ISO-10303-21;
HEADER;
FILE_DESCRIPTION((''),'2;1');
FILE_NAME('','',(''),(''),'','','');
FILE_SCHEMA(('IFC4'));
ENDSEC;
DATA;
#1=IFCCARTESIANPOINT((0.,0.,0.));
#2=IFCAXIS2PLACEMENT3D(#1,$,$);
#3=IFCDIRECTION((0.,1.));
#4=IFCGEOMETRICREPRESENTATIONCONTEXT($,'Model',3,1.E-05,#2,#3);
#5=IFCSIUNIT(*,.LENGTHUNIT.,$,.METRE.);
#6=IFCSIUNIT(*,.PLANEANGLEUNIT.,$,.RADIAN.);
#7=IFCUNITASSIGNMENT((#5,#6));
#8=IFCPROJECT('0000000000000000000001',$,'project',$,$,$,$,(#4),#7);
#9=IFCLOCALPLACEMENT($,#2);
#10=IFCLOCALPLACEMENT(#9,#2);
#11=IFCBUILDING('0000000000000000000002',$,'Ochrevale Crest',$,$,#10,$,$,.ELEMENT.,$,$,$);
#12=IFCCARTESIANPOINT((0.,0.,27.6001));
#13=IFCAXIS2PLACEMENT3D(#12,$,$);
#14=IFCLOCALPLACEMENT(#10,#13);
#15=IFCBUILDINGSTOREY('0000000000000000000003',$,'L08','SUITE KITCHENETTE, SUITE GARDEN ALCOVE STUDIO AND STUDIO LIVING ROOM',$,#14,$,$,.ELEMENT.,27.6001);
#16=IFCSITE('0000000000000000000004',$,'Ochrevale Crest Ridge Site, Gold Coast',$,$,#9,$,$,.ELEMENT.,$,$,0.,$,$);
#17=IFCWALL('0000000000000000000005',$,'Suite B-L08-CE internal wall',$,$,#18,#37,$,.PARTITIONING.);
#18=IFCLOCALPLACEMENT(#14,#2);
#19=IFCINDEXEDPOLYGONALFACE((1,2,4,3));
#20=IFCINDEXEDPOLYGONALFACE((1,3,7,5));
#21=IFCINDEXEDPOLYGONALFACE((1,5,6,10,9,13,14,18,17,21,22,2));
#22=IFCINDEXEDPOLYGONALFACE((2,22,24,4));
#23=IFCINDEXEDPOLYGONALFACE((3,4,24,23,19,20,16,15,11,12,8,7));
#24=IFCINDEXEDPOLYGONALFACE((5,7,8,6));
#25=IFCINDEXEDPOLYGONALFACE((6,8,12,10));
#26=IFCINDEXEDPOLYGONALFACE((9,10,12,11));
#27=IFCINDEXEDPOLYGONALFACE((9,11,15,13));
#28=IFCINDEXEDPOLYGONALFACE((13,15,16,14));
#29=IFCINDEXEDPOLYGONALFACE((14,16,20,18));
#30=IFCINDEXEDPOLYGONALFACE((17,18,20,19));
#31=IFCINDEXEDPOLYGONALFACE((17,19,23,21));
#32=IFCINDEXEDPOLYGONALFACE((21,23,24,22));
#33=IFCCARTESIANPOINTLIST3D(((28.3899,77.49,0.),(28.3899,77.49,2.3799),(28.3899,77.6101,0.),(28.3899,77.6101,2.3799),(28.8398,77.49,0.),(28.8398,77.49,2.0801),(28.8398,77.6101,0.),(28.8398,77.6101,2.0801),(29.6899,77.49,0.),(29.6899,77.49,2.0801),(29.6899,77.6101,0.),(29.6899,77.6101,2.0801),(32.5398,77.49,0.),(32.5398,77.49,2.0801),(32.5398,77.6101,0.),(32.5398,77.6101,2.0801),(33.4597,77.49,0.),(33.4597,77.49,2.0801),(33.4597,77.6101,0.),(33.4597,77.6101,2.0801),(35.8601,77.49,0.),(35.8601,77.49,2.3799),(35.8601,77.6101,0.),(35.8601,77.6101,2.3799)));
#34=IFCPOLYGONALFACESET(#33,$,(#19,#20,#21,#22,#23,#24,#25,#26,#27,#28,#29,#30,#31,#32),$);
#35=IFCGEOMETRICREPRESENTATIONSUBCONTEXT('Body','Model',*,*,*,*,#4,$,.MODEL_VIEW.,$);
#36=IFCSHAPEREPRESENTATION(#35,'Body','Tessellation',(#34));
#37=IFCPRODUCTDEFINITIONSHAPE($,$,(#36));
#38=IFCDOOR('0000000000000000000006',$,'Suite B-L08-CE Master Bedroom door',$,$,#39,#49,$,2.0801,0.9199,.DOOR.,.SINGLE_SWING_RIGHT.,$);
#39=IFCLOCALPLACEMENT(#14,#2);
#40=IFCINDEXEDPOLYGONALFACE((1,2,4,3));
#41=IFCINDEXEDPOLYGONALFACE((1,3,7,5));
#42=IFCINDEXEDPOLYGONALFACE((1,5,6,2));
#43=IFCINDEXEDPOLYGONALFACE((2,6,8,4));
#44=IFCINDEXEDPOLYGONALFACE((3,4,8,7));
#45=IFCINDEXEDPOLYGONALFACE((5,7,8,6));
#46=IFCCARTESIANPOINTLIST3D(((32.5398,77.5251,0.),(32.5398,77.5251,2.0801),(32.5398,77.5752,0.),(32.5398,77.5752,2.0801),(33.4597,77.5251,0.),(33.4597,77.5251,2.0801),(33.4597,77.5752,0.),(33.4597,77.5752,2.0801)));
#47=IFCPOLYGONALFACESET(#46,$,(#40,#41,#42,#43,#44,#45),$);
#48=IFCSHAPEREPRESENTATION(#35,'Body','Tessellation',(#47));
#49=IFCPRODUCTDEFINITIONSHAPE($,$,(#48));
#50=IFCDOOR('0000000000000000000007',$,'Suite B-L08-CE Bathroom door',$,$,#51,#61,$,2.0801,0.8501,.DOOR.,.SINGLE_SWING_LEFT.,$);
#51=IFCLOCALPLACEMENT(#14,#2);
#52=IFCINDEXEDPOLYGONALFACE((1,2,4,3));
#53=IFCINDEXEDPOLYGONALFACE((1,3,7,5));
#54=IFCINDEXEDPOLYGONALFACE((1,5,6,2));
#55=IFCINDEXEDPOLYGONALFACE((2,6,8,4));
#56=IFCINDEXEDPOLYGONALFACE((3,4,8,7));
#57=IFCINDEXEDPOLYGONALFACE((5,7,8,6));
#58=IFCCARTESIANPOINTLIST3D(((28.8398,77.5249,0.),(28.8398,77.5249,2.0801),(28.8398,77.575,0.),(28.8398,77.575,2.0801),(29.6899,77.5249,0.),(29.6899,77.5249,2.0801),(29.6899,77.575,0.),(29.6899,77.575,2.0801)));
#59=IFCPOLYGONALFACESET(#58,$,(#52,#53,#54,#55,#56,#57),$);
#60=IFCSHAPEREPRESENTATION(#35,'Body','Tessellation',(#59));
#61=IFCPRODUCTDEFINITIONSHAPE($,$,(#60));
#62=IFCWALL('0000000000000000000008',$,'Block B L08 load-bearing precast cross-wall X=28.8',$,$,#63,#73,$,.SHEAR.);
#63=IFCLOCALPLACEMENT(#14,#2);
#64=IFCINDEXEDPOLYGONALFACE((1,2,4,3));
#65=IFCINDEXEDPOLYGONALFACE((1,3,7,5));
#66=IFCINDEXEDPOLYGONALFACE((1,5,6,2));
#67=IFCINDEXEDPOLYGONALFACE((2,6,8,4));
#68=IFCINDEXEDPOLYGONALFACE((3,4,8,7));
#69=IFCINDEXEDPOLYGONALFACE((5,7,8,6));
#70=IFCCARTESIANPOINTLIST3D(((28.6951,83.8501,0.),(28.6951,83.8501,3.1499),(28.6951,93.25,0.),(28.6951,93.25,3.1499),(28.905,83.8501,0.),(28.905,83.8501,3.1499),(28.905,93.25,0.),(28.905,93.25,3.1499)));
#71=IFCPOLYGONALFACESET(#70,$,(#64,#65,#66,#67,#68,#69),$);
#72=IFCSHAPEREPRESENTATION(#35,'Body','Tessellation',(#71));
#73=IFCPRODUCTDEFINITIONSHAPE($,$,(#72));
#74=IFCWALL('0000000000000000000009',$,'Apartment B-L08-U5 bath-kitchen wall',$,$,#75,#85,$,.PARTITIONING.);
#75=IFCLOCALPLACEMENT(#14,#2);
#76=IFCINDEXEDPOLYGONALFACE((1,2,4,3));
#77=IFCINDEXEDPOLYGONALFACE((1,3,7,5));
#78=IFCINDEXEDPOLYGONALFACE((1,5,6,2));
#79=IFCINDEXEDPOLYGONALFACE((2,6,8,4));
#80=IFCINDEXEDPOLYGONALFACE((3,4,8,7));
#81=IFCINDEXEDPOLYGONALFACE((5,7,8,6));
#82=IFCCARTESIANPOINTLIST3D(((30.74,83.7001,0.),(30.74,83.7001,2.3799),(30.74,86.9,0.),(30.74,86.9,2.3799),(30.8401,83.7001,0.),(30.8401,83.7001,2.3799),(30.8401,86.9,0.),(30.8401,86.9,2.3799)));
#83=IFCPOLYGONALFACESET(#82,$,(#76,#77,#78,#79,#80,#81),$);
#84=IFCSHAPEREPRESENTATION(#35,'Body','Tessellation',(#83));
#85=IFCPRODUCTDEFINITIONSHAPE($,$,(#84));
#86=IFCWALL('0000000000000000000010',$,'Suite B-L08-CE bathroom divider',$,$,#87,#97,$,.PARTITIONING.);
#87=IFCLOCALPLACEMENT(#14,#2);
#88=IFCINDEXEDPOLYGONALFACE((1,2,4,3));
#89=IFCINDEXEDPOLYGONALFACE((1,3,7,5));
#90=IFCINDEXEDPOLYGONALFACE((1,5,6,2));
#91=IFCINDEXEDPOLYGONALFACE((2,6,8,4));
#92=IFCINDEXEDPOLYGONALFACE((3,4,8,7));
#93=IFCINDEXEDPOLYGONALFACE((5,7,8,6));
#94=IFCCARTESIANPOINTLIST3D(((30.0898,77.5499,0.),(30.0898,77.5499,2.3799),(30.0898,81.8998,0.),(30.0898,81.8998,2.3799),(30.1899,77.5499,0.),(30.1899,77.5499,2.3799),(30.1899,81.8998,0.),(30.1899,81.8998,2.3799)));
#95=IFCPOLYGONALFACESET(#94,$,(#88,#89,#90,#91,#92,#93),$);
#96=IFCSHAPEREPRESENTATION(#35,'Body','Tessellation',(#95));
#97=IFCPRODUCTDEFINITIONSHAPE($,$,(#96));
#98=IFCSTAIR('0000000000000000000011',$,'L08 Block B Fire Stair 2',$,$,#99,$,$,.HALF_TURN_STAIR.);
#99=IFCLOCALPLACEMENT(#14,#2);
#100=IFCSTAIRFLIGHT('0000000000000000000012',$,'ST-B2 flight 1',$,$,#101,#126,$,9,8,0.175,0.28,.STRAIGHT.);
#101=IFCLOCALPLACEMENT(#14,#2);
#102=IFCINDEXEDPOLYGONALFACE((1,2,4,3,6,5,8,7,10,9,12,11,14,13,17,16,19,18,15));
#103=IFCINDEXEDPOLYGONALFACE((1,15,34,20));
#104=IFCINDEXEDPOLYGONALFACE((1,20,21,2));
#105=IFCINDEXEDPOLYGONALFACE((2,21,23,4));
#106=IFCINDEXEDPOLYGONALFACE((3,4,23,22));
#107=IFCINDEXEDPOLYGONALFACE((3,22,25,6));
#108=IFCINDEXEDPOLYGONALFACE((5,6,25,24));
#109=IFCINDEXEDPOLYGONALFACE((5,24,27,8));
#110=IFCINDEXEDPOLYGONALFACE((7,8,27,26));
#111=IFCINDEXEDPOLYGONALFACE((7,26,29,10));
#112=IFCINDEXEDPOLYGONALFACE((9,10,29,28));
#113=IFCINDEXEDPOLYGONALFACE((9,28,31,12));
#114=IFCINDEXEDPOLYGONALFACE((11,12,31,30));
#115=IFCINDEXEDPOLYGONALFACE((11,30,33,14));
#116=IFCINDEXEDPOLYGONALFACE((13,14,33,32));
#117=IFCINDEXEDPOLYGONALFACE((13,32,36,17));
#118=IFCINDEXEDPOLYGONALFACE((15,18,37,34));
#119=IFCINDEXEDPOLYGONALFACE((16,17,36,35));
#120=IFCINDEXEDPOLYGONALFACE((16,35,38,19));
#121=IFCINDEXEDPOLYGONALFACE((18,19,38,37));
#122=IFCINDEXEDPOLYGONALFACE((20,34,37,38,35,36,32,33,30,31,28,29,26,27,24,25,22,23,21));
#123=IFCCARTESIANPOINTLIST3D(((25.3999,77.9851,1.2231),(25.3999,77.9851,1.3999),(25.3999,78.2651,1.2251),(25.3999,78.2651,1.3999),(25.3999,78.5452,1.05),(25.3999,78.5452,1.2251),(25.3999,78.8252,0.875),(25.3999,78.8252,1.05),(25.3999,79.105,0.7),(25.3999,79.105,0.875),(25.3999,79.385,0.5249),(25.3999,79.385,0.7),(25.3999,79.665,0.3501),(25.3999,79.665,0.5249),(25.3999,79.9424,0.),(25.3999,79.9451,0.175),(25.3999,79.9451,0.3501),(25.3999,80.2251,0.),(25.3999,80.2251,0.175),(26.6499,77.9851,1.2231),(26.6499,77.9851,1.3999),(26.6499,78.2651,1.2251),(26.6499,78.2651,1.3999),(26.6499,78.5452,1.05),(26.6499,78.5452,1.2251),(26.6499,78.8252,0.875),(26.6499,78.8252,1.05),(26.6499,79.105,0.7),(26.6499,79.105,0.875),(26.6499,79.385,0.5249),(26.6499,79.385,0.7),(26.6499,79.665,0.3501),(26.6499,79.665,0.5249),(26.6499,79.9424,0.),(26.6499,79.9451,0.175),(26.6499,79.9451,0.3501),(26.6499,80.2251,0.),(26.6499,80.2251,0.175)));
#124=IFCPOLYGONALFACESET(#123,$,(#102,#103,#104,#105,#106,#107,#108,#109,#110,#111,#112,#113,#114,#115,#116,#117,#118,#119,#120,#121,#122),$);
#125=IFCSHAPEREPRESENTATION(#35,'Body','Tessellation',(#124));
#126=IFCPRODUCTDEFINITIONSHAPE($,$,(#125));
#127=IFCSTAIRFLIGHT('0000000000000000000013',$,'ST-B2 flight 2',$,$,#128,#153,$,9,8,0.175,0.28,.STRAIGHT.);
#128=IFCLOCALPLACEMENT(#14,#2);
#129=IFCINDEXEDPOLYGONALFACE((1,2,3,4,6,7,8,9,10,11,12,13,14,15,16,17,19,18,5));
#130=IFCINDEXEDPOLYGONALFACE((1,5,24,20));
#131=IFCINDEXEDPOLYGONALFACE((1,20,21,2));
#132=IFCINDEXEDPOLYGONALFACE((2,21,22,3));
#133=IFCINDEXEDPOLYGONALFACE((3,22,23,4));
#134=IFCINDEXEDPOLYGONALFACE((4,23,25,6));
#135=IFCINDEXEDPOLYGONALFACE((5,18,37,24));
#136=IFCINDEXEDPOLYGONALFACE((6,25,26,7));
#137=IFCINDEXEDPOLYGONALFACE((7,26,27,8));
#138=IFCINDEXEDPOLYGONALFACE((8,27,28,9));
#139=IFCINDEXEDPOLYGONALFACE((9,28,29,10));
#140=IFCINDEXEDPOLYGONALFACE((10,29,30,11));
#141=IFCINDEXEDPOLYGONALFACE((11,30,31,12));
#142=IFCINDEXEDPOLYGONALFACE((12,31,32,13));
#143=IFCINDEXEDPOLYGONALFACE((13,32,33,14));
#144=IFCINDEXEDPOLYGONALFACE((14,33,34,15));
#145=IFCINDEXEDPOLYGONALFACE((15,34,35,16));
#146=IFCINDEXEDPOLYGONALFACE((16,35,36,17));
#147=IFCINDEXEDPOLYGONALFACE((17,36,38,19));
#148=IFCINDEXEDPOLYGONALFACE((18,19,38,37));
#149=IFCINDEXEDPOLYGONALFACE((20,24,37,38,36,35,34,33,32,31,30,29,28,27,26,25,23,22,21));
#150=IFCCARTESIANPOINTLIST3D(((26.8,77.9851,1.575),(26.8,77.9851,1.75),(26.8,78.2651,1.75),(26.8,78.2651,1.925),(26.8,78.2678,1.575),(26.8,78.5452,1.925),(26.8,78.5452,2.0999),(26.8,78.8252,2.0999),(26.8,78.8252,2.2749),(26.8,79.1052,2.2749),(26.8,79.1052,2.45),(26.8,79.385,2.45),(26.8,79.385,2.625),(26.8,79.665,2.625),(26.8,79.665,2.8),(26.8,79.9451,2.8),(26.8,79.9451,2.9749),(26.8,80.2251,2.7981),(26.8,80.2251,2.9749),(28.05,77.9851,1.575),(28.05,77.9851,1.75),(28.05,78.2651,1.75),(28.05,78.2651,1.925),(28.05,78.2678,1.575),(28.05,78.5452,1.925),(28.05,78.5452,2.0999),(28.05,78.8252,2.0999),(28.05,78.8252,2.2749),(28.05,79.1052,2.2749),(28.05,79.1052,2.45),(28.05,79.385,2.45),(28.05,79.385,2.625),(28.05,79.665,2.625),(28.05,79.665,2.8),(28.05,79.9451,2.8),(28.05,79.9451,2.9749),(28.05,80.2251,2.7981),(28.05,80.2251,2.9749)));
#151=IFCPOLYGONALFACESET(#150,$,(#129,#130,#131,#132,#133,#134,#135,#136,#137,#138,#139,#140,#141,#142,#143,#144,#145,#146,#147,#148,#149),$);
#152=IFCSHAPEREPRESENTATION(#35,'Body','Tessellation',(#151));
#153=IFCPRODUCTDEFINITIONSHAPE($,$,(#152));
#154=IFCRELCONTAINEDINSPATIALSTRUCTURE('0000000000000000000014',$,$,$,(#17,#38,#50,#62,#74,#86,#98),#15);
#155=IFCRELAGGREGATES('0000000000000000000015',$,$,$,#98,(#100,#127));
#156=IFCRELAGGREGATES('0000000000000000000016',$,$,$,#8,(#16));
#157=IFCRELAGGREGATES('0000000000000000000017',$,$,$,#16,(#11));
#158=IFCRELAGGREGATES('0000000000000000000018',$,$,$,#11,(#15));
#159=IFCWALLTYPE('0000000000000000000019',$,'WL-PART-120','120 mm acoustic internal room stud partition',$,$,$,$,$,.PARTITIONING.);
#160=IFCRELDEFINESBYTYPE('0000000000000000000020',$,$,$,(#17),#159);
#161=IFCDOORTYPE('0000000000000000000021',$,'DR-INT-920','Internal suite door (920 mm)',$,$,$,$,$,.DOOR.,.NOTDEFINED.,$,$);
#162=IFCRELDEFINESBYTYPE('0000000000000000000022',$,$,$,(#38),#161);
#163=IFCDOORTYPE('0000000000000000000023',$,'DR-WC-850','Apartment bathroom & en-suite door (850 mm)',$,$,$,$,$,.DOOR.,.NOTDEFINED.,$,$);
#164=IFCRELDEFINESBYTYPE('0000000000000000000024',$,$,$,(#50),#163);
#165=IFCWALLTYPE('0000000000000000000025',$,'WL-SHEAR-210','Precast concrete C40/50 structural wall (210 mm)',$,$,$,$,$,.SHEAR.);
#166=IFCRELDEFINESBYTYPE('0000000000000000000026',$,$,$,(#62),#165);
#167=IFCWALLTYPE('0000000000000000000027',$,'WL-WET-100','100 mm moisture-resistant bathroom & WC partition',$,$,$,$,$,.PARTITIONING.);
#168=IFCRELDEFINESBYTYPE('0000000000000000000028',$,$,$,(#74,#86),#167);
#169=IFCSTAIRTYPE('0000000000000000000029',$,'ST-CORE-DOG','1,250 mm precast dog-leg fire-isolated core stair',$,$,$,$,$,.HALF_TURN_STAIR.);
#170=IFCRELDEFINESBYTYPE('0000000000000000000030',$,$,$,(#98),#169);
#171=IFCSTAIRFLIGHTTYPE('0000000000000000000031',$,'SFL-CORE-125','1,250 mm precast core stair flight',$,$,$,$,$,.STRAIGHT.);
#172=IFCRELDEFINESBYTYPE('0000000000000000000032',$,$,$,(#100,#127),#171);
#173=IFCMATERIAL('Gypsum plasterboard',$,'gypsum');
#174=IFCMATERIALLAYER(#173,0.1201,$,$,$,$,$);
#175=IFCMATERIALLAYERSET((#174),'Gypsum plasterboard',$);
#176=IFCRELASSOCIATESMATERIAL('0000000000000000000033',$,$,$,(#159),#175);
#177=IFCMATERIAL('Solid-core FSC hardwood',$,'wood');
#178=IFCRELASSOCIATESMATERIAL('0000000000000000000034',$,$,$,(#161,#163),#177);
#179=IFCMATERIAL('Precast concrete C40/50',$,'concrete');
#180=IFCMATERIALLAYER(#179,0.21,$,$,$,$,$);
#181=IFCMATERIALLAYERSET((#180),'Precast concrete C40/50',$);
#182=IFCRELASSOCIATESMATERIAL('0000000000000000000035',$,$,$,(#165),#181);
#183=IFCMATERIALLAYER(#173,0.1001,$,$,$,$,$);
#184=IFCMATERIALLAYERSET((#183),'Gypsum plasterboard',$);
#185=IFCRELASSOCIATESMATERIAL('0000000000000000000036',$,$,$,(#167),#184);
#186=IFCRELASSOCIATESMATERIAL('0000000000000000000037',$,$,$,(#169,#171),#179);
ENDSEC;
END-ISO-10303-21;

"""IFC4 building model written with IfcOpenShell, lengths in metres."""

from ifc_helpers import new_model, si_unit, direction, frame, frame_2d, origin, place, context, subcontext, project, spatial, polyline, rectangle, outline, extrude, material, layer, layer_set, type_object, element, fill, aggregate, save


model = new_model("IFC4")

# Units and contexts
model_context = context("Model", 3, precision=1e-05, world=origin(), true_north=direction((0.0, 1.0)))
body_context = subcontext(model_context, "Body", "Model", "MODEL_VIEW")
ifc_project = project(units=[si_unit("LENGTHUNIT", "METRE"), si_unit("PLANEANGLEUNIT", "RADIAN")], contexts=[model_context])

# Site, building, storey
site_placement = place(None, origin())
site = spatial("IfcSite", under=ifc_project, at=site_placement, Name="Ochrevale Crest Ridge Site, Gold Coast", CompositionType="ELEMENT", RefElevation=0.0)
building_placement = place(site_placement, origin())
building = spatial("IfcBuilding", under=site, at=building_placement, Name="Ochrevale Crest", CompositionType="ELEMENT")
storey_placement = place(building_placement, frame((0.0, 0.0, 27.6001)))
storey = spatial("IfcBuildingStorey", under=building, at=storey_placement, Name="L08", Description="SUITE KITCHENETTE, SUITE GARDEN ALCOVE STUDIO AND STUDIO LIVING ROOM", CompositionType="ELEMENT", Elevation=27.6001)

# Shared definitions
ifc_material_1 = material(Name="Gypsum plasterboard", Category="gypsum")
ifc_material_2 = material(Name="Solid-core FSC hardwood", Category="wood")

# Shared definitions
ifc_layer_1 = layer(ifc_material_1, 0.1201)
ifc_layer_set_1 = layer_set([ifc_layer_1], Name="Gypsum plasterboard")
wall_type_1 = type_object("IfcWallType", Name="WL-PART-120", Description="120 mm acoustic internal room stud partition", PredefinedType="PARTITIONING", material=ifc_layer_set_1)

# Wall, openings, doors
wall_1_placement = place(storey_placement, frame((28.3899, 77.55, 0.0), z_axis=(0.0, 0.0, 1.0), x_axis=(1.0, 0.0, 0.0)))
wall_1 = element("IfcWall", 1, at=wall_1_placement, inside=storey, type_object=wall_type_1, Name="Suite B-L08-CE internal wall", PredefinedType="PARTITIONING", context=body_context, shape_type="SweptSolid", body=[
    extrude(rectangle(XDim=7.4702, YDim=0.1201, at=frame_2d((3.7351, 0.0))), origin(), (0.0, 0.0, 1.0), 2.3799),
])
opening_1_placement = place(wall_1_placement, frame((0.45, 0.0, 0.0)))
opening_1 = element("IfcOpeningElement", 2, at=opening_1_placement, cuts=wall_1, PredefinedType="OPENING", context=body_context, shape_type="SweptSolid", body=[
    extrude(rectangle(XDim=0.8501, YDim=2.0801, at=frame_2d((0.425, 1.04))), frame((0.0, 0.0701, 0.0), z_axis=(0.0, -1.0, 0.0), x_axis=(1.0, 0.0, 0.0)), (0.0, 0.0, 1.0), 0.1401),
])
opening_2_placement = place(wall_1_placement, frame((5.0698, 0.0, 0.0), z_axis=(0.0, 0.0, 1.0), x_axis=(-1.0, 0.0, 0.0)))
opening_2 = element("IfcOpeningElement", 3, at=opening_2_placement, cuts=wall_1, PredefinedType="OPENING", context=body_context, shape_type="SweptSolid", body=[
    extrude(rectangle(XDim=0.9199, YDim=2.0801, at=frame_2d((0.46, 1.04))), frame((0.0, 0.0701, 0.0), z_axis=(0.0, -1.0, 0.0), x_axis=(1.0, 0.0, 0.0)), (0.0, 0.0, 1.0), 0.1401),
])
door_type_1 = type_object("IfcDoorType", Name="DR-INT-920", Description="Internal suite door (920 mm)", OperationType="NOTDEFINED", PredefinedType="DOOR", material=ifc_material_2)
door_1_placement = place(opening_2_placement, origin())
door_1 = element("IfcDoor", 4, at=door_1_placement, inside=storey, type_object=door_type_1, Name="Suite B-L08-CE Master Bedroom door", OperationType="SINGLE_SWING_RIGHT", OverallHeight=2.0801, OverallWidth=0.9199, PredefinedType="DOOR", context=body_context, shape_type="SweptSolid", body=[
    extrude(rectangle(XDim=0.9199, YDim=2.0801, at=frame_2d((0.46, 1.04))), frame((0.0, 0.0249, 0.0), z_axis=(0.0, -1.0, 0.0), x_axis=(1.0, 0.0, 0.0)), (0.0, 0.0, 1.0), 0.05),
])
fill(opening_2, door_1)
door_type_2 = type_object("IfcDoorType", Name="DR-WC-850", Description="Apartment bathroom & en-suite door (850 mm)", OperationType="NOTDEFINED", PredefinedType="DOOR", material=ifc_material_2)
door_2_placement = place(opening_1_placement, origin())
door_2 = element("IfcDoor", 5, at=door_2_placement, inside=storey, type_object=door_type_2, Name="Suite B-L08-CE Bathroom door", OperationType="SINGLE_SWING_LEFT", OverallHeight=2.0801, OverallWidth=0.8501, PredefinedType="DOOR", context=body_context, shape_type="SweptSolid", body=[
    extrude(rectangle(XDim=0.8501, YDim=2.0801, at=frame_2d((0.425, 1.04))), frame((0.0, 0.0249, 0.0), z_axis=(0.0, -1.0, 0.0), x_axis=(1.0, 0.0, 0.0)), (0.0, 0.0, 1.0), 0.05),
])
fill(opening_1, door_2)

# Walls
ifc_material_3 = material(Name="Precast concrete C40/50", Category="concrete")
ifc_layer_2 = layer(ifc_material_3, 0.21)
ifc_layer_set_2 = layer_set([ifc_layer_2], Name="Precast concrete C40/50")
wall_type_2 = type_object("IfcWallType", Name="WL-SHEAR-210", Description="Precast concrete C40/50 structural wall (210 mm)", PredefinedType="SHEAR", material=ifc_layer_set_2)
wall_2_placement = place(storey_placement, frame((28.8, 83.8501, 0.0), z_axis=(0.0, 0.0, 1.0), x_axis=(0.0, 1.0, 0.0)))
element("IfcWall", 6, at=wall_2_placement, inside=storey, type_object=wall_type_2, Name="Block B L08 load-bearing precast cross-wall X=28.8", PredefinedType="SHEAR", context=body_context, shape_type="SweptSolid", body=[
    extrude(rectangle(XDim=9.3999, YDim=0.21, at=frame_2d((4.7, 0.0))), origin(), (0.0, 0.0, 1.0), 3.1499),
])
ifc_layer_3 = layer(ifc_material_1, 0.1001)
ifc_layer_set_3 = layer_set([ifc_layer_3], Name="Gypsum plasterboard")
wall_type_3 = type_object("IfcWallType", Name="WL-WET-100", Description="100 mm moisture-resistant bathroom & WC partition", PredefinedType="PARTITIONING", material=ifc_layer_set_3)
wall_3_placement = place(storey_placement, frame((30.79, 83.7, 0.0), z_axis=(0.0, 0.0, 1.0), x_axis=(0.0, 1.0, 0.0)))
element("IfcWall", 7, at=wall_3_placement, inside=storey, type_object=wall_type_3, Name="Apartment B-L08-U5 bath-kitchen wall", PredefinedType="PARTITIONING", context=body_context, shape_type="SweptSolid", body=[
    extrude(rectangle(XDim=3.2, YDim=0.1001, at=frame_2d((1.6001, 0.0))), origin(), (0.0, 0.0, 1.0), 2.3799),
])
wall_4_placement = place(storey_placement, frame((30.1399, 77.55, 0.0), z_axis=(0.0, 0.0, 1.0), x_axis=(0.0, 1.0, 0.0)))
element("IfcWall", 8, at=wall_4_placement, inside=storey, type_object=wall_type_3, Name="Suite B-L08-CE bathroom divider", PredefinedType="PARTITIONING", context=body_context, shape_type="SweptSolid", body=[
    extrude(rectangle(XDim=4.3499, YDim=0.1001, at=frame_2d((2.1748, 0.0))), origin(), (0.0, 0.0, 1.0), 2.3799),
])

# Stair, stair flights
stair_type = type_object("IfcStairType", Name="ST-CORE-DOG", Description="1,250 mm precast dog-leg fire-isolated core stair", PredefinedType="HALF_TURN_STAIR", material=ifc_material_3)
stair_placement = place(storey_placement, origin())
stair = element("IfcStair", 9, at=stair_placement, inside=storey, type_object=stair_type, Name="L08 Block B Fire Stair 2", PredefinedType="HALF_TURN_STAIR")
stair_flight_type = type_object("IfcStairFlightType", Name="SFL-CORE-125", Description="1,250 mm precast core stair flight", PredefinedType="STRAIGHT", material=ifc_material_3)
stair_flight_1_placement = place(storey_placement, frame((26.0249, 80.2251, 0.0), z_axis=(0.0, 0.0, 1.0), x_axis=(0.0, -1.0, 0.0)))
stair_flight_1 = element("IfcStairFlight", 10, at=stair_flight_1_placement, type_object=stair_flight_type, Name="ST-B2 flight 1", NumberOfRisers=9, NumberOfTreads=8, PredefinedType="STRAIGHT", RiserHeight=0.175, TreadLength=0.28, context=body_context, shape_type="SweptSolid", body=[
    extrude(outline(polyline([(0.0, 0.0), (0.0, 0.175), (0.28, 0.175), (0.28, 0.3501), (0.5601, 0.3501), (0.5601, 0.5249), (0.8401, 0.5249), (0.8401, 0.7), (1.1201, 0.7), (1.1201, 0.875), (1.3999, 0.875), (1.3999, 1.05), (1.6799, 1.05), (1.6799, 1.2251), (1.96, 1.2251), (1.96, 1.3999), (2.24, 1.3999), (2.24, 1.575), (2.24, 1.2231), (0.2827, 0.0), (0.0, 0.0)])), frame((0.0, 0.625, 0.0), z_axis=(0.0, -1.0, 0.0), x_axis=(1.0, 0.0, 0.0)), (0.0, 0.0, 1.0), 1.25),
])
stair_flight_2_placement = place(storey_placement, frame((27.425, 77.9851, 1.575), z_axis=(0.0, 0.0, 1.0), x_axis=(0.0, 1.0, 0.0)))
stair_flight_2 = element("IfcStairFlight", 11, at=stair_flight_2_placement, type_object=stair_flight_type, Name="ST-B2 flight 2", NumberOfRisers=9, NumberOfTreads=8, PredefinedType="STRAIGHT", RiserHeight=0.175, TreadLength=0.28, context=body_context, shape_type="SweptSolid", body=[
    extrude(outline(polyline([(0.0, 0.0), (0.0, 0.175), (0.28, 0.175), (0.28, 0.3501), (0.5601, 0.3501), (0.5601, 0.5249), (0.8401, 0.5249), (0.8401, 0.7), (1.1201, 0.7), (1.1201, 0.875), (1.3999, 0.875), (1.3999, 1.05), (1.6799, 1.05), (1.6799, 1.2251), (1.96, 1.2251), (1.96, 1.3999), (2.24, 1.3999), (2.24, 1.575), (2.24, 1.2231), (0.2827, 0.0), (0.0, 0.0)])), frame((0.0, 0.625, 0.0), z_axis=(0.0, -1.0, 0.0), x_axis=(1.0, 0.0, 0.0)), (0.0, 0.0, 1.0), 1.25),
])
aggregate(stair, [stair_flight_1, stair_flight_2])

save(model, "model.ifc")
